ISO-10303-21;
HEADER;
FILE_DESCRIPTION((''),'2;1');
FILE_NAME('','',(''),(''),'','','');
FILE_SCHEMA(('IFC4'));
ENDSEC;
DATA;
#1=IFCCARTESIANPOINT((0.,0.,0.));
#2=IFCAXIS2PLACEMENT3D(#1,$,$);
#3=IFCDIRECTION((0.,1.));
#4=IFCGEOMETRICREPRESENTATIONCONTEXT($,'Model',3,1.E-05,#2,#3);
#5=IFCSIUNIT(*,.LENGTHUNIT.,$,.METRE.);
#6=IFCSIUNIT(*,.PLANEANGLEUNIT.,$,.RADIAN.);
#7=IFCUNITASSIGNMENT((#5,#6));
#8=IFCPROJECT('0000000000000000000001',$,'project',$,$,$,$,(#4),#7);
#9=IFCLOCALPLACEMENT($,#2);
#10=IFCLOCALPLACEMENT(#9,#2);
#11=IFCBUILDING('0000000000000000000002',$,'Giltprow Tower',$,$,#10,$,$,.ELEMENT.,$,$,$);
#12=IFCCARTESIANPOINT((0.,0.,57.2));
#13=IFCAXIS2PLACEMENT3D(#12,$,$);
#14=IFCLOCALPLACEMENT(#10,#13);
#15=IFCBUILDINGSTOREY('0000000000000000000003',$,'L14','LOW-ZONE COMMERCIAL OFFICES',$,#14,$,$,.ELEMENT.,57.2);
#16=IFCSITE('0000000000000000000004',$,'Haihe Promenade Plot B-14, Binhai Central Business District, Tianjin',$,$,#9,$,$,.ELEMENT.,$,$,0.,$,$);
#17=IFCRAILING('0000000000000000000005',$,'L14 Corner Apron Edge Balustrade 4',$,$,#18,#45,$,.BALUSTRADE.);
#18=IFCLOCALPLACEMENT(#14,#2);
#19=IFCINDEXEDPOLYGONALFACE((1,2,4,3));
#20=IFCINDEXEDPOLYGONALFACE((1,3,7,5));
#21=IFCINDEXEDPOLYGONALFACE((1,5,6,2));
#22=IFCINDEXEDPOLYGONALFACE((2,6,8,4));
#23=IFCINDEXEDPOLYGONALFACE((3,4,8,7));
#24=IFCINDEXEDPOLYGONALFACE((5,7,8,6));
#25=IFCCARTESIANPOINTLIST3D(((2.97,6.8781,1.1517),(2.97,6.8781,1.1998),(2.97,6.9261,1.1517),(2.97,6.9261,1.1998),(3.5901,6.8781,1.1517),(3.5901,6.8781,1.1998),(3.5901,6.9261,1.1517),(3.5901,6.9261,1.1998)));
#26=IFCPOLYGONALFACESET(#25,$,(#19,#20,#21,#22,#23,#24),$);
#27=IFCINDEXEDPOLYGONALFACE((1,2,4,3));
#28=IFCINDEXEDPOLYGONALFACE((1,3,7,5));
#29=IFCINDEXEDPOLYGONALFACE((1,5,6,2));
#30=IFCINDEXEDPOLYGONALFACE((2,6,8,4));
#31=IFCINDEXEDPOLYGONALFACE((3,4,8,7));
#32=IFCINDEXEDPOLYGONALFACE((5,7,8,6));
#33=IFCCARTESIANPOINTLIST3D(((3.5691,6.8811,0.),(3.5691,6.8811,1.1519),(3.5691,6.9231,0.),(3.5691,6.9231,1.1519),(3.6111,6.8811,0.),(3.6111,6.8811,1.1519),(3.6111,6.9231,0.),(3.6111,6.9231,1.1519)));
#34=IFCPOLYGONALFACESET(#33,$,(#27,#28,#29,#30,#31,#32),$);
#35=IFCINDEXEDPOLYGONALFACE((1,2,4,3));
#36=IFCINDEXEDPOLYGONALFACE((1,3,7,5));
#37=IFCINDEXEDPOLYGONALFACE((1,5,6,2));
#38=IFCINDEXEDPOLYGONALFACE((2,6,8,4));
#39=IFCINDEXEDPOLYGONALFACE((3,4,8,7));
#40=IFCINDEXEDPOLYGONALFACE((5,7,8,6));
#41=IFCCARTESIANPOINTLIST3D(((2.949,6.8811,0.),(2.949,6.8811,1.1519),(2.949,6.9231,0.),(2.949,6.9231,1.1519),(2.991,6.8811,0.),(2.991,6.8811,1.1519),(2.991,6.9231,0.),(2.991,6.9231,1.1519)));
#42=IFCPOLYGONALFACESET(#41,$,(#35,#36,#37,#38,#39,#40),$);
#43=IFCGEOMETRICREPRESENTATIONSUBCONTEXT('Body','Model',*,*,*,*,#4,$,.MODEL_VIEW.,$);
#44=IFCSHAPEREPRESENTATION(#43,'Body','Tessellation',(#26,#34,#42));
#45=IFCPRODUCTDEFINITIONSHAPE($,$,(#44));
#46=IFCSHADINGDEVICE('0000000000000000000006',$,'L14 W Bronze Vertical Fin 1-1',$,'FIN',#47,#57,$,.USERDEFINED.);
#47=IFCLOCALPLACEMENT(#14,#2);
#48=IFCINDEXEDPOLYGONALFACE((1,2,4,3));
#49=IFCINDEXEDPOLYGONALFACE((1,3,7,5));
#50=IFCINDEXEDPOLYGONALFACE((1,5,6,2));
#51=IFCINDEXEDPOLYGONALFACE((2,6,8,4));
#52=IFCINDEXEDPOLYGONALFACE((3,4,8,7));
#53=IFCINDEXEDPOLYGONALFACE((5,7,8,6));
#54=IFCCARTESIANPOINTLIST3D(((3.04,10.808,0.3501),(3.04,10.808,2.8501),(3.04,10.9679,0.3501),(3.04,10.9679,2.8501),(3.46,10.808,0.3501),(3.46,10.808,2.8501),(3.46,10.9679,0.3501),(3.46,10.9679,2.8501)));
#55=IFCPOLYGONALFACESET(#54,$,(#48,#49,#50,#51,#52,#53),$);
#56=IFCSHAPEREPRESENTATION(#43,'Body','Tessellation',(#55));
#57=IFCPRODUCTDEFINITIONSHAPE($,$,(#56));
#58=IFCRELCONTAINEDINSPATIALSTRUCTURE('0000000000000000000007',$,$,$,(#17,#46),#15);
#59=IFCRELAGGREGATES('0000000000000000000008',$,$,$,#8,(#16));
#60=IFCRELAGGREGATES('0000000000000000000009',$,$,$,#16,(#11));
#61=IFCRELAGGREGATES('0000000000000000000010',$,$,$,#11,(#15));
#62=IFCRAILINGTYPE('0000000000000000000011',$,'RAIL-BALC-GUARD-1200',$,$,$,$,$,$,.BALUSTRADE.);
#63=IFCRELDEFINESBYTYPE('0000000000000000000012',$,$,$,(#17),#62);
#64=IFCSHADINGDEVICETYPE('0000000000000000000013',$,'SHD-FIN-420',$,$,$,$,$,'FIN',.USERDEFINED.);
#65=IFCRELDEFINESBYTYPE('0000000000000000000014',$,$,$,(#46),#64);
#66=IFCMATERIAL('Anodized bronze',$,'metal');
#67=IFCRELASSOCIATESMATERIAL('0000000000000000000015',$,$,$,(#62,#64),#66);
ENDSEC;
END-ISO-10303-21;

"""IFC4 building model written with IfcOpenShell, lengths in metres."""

from ifc_helpers import new_model, si_unit, direction, frame, origin, origin_2d, place, context, subcontext, project, spatial, rectangle, extrude, source, transform, mapped, material, type_object, element, save


model = new_model("IFC4")

# Units and contexts
model_context = context("Model", 3, precision=1e-05, world=origin(), true_north=direction((0.0, 1.0)))
body_context = subcontext(model_context, "Body", "Model", "MODEL_VIEW")
ifc_project = project(units=[si_unit("LENGTHUNIT", "METRE"), si_unit("PLANEANGLEUNIT", "RADIAN")], contexts=[model_context])

# Site, building, storey
site_placement = place(None, origin())
site = spatial("IfcSite", under=ifc_project, at=site_placement, Name="Haihe Promenade Plot B-14, Binhai Central Business District, Tianjin", CompositionType="ELEMENT", RefElevation=0.0)
building_placement = place(site_placement, origin())
building = spatial("IfcBuilding", under=site, at=building_placement, Name="Giltprow Tower", CompositionType="ELEMENT")
storey_placement = place(building_placement, frame((0.0, 0.0, 57.2)))
storey = spatial("IfcBuildingStorey", under=building, at=storey_placement, Name="L14", Description="LOW-ZONE COMMERCIAL OFFICES", CompositionType="ELEMENT", Elevation=57.2)

# Shared definitions
ifc_material_1 = material(Name="Anodized bronze", Category="metal")

# Railing
railing_type = type_object("IfcRailingType", Name="RAIL-BALC-GUARD-1200", PredefinedType="BALUSTRADE", material=ifc_material_1)
railing_1_placement = place(storey_placement, frame((3.5901, 6.9021, 0.0)))
element("IfcRailing", 1, at=railing_1_placement, inside=storey, type_object=railing_type, Name="L14 Corner Apron Edge Balustrade 4", PredefinedType="BALUSTRADE", context=body_context, shape_type="SweptSolid", body=[
    extrude(rectangle(XDim=0.0481, YDim=0.0481, at=origin_2d()), frame((0.0, 0.0, 1.1758), z_axis=(-1.0, 0.0, 0.0), x_axis=(0.0, -1.0, 0.0)), (0.0, 0.0, 1.0), 0.6201),
    extrude(rectangle(XDim=0.042, YDim=0.042, at=origin_2d()), origin(), (0.0, 0.0, 1.0), 1.1519),
    extrude(rectangle(XDim=0.042, YDim=0.042, at=origin_2d()), frame((-0.6201, 0.0, 0.0)), (0.0, 0.0, 1.0), 1.1519),
])

# Shading device
shading_device_type = type_object("IfcShadingDeviceType", Name="SHD-FIN-420", ElementType="FIN", PredefinedType="USERDEFINED", material=ifc_material_1)
shared_shape_1 = source(origin(), body_context, "Body", "SweptSolid", [
    extrude(rectangle(XDim=0.4199, YDim=0.1599, at=origin_2d()), origin(), (0.0, 0.0, 1.0), 2.5),
])
shading_device_placement = place(storey_placement, frame((3.25, 10.8879, 0.3501), z_axis=(0.0, 0.0, 1.0), x_axis=(1.0, 0.0, 0.0)))
element("IfcShadingDevice", 2, at=shading_device_placement, inside=storey, type_object=shading_device_type, Name="L14 W Bronze Vertical Fin 1-1", ObjectType="FIN", PredefinedType="USERDEFINED", context=body_context, shape_type="MappedRepresentation", body=[
    mapped(shared_shape_1, transform((0.0, 0.0, 0.0), x_axis=(1.0, 0.0, 0.0), y_axis=(0.0, 1.0, 0.0), z_axis=(0.0, 0.0, 1.0), scale=1.0)),
])

save(model, "model.ifc")
